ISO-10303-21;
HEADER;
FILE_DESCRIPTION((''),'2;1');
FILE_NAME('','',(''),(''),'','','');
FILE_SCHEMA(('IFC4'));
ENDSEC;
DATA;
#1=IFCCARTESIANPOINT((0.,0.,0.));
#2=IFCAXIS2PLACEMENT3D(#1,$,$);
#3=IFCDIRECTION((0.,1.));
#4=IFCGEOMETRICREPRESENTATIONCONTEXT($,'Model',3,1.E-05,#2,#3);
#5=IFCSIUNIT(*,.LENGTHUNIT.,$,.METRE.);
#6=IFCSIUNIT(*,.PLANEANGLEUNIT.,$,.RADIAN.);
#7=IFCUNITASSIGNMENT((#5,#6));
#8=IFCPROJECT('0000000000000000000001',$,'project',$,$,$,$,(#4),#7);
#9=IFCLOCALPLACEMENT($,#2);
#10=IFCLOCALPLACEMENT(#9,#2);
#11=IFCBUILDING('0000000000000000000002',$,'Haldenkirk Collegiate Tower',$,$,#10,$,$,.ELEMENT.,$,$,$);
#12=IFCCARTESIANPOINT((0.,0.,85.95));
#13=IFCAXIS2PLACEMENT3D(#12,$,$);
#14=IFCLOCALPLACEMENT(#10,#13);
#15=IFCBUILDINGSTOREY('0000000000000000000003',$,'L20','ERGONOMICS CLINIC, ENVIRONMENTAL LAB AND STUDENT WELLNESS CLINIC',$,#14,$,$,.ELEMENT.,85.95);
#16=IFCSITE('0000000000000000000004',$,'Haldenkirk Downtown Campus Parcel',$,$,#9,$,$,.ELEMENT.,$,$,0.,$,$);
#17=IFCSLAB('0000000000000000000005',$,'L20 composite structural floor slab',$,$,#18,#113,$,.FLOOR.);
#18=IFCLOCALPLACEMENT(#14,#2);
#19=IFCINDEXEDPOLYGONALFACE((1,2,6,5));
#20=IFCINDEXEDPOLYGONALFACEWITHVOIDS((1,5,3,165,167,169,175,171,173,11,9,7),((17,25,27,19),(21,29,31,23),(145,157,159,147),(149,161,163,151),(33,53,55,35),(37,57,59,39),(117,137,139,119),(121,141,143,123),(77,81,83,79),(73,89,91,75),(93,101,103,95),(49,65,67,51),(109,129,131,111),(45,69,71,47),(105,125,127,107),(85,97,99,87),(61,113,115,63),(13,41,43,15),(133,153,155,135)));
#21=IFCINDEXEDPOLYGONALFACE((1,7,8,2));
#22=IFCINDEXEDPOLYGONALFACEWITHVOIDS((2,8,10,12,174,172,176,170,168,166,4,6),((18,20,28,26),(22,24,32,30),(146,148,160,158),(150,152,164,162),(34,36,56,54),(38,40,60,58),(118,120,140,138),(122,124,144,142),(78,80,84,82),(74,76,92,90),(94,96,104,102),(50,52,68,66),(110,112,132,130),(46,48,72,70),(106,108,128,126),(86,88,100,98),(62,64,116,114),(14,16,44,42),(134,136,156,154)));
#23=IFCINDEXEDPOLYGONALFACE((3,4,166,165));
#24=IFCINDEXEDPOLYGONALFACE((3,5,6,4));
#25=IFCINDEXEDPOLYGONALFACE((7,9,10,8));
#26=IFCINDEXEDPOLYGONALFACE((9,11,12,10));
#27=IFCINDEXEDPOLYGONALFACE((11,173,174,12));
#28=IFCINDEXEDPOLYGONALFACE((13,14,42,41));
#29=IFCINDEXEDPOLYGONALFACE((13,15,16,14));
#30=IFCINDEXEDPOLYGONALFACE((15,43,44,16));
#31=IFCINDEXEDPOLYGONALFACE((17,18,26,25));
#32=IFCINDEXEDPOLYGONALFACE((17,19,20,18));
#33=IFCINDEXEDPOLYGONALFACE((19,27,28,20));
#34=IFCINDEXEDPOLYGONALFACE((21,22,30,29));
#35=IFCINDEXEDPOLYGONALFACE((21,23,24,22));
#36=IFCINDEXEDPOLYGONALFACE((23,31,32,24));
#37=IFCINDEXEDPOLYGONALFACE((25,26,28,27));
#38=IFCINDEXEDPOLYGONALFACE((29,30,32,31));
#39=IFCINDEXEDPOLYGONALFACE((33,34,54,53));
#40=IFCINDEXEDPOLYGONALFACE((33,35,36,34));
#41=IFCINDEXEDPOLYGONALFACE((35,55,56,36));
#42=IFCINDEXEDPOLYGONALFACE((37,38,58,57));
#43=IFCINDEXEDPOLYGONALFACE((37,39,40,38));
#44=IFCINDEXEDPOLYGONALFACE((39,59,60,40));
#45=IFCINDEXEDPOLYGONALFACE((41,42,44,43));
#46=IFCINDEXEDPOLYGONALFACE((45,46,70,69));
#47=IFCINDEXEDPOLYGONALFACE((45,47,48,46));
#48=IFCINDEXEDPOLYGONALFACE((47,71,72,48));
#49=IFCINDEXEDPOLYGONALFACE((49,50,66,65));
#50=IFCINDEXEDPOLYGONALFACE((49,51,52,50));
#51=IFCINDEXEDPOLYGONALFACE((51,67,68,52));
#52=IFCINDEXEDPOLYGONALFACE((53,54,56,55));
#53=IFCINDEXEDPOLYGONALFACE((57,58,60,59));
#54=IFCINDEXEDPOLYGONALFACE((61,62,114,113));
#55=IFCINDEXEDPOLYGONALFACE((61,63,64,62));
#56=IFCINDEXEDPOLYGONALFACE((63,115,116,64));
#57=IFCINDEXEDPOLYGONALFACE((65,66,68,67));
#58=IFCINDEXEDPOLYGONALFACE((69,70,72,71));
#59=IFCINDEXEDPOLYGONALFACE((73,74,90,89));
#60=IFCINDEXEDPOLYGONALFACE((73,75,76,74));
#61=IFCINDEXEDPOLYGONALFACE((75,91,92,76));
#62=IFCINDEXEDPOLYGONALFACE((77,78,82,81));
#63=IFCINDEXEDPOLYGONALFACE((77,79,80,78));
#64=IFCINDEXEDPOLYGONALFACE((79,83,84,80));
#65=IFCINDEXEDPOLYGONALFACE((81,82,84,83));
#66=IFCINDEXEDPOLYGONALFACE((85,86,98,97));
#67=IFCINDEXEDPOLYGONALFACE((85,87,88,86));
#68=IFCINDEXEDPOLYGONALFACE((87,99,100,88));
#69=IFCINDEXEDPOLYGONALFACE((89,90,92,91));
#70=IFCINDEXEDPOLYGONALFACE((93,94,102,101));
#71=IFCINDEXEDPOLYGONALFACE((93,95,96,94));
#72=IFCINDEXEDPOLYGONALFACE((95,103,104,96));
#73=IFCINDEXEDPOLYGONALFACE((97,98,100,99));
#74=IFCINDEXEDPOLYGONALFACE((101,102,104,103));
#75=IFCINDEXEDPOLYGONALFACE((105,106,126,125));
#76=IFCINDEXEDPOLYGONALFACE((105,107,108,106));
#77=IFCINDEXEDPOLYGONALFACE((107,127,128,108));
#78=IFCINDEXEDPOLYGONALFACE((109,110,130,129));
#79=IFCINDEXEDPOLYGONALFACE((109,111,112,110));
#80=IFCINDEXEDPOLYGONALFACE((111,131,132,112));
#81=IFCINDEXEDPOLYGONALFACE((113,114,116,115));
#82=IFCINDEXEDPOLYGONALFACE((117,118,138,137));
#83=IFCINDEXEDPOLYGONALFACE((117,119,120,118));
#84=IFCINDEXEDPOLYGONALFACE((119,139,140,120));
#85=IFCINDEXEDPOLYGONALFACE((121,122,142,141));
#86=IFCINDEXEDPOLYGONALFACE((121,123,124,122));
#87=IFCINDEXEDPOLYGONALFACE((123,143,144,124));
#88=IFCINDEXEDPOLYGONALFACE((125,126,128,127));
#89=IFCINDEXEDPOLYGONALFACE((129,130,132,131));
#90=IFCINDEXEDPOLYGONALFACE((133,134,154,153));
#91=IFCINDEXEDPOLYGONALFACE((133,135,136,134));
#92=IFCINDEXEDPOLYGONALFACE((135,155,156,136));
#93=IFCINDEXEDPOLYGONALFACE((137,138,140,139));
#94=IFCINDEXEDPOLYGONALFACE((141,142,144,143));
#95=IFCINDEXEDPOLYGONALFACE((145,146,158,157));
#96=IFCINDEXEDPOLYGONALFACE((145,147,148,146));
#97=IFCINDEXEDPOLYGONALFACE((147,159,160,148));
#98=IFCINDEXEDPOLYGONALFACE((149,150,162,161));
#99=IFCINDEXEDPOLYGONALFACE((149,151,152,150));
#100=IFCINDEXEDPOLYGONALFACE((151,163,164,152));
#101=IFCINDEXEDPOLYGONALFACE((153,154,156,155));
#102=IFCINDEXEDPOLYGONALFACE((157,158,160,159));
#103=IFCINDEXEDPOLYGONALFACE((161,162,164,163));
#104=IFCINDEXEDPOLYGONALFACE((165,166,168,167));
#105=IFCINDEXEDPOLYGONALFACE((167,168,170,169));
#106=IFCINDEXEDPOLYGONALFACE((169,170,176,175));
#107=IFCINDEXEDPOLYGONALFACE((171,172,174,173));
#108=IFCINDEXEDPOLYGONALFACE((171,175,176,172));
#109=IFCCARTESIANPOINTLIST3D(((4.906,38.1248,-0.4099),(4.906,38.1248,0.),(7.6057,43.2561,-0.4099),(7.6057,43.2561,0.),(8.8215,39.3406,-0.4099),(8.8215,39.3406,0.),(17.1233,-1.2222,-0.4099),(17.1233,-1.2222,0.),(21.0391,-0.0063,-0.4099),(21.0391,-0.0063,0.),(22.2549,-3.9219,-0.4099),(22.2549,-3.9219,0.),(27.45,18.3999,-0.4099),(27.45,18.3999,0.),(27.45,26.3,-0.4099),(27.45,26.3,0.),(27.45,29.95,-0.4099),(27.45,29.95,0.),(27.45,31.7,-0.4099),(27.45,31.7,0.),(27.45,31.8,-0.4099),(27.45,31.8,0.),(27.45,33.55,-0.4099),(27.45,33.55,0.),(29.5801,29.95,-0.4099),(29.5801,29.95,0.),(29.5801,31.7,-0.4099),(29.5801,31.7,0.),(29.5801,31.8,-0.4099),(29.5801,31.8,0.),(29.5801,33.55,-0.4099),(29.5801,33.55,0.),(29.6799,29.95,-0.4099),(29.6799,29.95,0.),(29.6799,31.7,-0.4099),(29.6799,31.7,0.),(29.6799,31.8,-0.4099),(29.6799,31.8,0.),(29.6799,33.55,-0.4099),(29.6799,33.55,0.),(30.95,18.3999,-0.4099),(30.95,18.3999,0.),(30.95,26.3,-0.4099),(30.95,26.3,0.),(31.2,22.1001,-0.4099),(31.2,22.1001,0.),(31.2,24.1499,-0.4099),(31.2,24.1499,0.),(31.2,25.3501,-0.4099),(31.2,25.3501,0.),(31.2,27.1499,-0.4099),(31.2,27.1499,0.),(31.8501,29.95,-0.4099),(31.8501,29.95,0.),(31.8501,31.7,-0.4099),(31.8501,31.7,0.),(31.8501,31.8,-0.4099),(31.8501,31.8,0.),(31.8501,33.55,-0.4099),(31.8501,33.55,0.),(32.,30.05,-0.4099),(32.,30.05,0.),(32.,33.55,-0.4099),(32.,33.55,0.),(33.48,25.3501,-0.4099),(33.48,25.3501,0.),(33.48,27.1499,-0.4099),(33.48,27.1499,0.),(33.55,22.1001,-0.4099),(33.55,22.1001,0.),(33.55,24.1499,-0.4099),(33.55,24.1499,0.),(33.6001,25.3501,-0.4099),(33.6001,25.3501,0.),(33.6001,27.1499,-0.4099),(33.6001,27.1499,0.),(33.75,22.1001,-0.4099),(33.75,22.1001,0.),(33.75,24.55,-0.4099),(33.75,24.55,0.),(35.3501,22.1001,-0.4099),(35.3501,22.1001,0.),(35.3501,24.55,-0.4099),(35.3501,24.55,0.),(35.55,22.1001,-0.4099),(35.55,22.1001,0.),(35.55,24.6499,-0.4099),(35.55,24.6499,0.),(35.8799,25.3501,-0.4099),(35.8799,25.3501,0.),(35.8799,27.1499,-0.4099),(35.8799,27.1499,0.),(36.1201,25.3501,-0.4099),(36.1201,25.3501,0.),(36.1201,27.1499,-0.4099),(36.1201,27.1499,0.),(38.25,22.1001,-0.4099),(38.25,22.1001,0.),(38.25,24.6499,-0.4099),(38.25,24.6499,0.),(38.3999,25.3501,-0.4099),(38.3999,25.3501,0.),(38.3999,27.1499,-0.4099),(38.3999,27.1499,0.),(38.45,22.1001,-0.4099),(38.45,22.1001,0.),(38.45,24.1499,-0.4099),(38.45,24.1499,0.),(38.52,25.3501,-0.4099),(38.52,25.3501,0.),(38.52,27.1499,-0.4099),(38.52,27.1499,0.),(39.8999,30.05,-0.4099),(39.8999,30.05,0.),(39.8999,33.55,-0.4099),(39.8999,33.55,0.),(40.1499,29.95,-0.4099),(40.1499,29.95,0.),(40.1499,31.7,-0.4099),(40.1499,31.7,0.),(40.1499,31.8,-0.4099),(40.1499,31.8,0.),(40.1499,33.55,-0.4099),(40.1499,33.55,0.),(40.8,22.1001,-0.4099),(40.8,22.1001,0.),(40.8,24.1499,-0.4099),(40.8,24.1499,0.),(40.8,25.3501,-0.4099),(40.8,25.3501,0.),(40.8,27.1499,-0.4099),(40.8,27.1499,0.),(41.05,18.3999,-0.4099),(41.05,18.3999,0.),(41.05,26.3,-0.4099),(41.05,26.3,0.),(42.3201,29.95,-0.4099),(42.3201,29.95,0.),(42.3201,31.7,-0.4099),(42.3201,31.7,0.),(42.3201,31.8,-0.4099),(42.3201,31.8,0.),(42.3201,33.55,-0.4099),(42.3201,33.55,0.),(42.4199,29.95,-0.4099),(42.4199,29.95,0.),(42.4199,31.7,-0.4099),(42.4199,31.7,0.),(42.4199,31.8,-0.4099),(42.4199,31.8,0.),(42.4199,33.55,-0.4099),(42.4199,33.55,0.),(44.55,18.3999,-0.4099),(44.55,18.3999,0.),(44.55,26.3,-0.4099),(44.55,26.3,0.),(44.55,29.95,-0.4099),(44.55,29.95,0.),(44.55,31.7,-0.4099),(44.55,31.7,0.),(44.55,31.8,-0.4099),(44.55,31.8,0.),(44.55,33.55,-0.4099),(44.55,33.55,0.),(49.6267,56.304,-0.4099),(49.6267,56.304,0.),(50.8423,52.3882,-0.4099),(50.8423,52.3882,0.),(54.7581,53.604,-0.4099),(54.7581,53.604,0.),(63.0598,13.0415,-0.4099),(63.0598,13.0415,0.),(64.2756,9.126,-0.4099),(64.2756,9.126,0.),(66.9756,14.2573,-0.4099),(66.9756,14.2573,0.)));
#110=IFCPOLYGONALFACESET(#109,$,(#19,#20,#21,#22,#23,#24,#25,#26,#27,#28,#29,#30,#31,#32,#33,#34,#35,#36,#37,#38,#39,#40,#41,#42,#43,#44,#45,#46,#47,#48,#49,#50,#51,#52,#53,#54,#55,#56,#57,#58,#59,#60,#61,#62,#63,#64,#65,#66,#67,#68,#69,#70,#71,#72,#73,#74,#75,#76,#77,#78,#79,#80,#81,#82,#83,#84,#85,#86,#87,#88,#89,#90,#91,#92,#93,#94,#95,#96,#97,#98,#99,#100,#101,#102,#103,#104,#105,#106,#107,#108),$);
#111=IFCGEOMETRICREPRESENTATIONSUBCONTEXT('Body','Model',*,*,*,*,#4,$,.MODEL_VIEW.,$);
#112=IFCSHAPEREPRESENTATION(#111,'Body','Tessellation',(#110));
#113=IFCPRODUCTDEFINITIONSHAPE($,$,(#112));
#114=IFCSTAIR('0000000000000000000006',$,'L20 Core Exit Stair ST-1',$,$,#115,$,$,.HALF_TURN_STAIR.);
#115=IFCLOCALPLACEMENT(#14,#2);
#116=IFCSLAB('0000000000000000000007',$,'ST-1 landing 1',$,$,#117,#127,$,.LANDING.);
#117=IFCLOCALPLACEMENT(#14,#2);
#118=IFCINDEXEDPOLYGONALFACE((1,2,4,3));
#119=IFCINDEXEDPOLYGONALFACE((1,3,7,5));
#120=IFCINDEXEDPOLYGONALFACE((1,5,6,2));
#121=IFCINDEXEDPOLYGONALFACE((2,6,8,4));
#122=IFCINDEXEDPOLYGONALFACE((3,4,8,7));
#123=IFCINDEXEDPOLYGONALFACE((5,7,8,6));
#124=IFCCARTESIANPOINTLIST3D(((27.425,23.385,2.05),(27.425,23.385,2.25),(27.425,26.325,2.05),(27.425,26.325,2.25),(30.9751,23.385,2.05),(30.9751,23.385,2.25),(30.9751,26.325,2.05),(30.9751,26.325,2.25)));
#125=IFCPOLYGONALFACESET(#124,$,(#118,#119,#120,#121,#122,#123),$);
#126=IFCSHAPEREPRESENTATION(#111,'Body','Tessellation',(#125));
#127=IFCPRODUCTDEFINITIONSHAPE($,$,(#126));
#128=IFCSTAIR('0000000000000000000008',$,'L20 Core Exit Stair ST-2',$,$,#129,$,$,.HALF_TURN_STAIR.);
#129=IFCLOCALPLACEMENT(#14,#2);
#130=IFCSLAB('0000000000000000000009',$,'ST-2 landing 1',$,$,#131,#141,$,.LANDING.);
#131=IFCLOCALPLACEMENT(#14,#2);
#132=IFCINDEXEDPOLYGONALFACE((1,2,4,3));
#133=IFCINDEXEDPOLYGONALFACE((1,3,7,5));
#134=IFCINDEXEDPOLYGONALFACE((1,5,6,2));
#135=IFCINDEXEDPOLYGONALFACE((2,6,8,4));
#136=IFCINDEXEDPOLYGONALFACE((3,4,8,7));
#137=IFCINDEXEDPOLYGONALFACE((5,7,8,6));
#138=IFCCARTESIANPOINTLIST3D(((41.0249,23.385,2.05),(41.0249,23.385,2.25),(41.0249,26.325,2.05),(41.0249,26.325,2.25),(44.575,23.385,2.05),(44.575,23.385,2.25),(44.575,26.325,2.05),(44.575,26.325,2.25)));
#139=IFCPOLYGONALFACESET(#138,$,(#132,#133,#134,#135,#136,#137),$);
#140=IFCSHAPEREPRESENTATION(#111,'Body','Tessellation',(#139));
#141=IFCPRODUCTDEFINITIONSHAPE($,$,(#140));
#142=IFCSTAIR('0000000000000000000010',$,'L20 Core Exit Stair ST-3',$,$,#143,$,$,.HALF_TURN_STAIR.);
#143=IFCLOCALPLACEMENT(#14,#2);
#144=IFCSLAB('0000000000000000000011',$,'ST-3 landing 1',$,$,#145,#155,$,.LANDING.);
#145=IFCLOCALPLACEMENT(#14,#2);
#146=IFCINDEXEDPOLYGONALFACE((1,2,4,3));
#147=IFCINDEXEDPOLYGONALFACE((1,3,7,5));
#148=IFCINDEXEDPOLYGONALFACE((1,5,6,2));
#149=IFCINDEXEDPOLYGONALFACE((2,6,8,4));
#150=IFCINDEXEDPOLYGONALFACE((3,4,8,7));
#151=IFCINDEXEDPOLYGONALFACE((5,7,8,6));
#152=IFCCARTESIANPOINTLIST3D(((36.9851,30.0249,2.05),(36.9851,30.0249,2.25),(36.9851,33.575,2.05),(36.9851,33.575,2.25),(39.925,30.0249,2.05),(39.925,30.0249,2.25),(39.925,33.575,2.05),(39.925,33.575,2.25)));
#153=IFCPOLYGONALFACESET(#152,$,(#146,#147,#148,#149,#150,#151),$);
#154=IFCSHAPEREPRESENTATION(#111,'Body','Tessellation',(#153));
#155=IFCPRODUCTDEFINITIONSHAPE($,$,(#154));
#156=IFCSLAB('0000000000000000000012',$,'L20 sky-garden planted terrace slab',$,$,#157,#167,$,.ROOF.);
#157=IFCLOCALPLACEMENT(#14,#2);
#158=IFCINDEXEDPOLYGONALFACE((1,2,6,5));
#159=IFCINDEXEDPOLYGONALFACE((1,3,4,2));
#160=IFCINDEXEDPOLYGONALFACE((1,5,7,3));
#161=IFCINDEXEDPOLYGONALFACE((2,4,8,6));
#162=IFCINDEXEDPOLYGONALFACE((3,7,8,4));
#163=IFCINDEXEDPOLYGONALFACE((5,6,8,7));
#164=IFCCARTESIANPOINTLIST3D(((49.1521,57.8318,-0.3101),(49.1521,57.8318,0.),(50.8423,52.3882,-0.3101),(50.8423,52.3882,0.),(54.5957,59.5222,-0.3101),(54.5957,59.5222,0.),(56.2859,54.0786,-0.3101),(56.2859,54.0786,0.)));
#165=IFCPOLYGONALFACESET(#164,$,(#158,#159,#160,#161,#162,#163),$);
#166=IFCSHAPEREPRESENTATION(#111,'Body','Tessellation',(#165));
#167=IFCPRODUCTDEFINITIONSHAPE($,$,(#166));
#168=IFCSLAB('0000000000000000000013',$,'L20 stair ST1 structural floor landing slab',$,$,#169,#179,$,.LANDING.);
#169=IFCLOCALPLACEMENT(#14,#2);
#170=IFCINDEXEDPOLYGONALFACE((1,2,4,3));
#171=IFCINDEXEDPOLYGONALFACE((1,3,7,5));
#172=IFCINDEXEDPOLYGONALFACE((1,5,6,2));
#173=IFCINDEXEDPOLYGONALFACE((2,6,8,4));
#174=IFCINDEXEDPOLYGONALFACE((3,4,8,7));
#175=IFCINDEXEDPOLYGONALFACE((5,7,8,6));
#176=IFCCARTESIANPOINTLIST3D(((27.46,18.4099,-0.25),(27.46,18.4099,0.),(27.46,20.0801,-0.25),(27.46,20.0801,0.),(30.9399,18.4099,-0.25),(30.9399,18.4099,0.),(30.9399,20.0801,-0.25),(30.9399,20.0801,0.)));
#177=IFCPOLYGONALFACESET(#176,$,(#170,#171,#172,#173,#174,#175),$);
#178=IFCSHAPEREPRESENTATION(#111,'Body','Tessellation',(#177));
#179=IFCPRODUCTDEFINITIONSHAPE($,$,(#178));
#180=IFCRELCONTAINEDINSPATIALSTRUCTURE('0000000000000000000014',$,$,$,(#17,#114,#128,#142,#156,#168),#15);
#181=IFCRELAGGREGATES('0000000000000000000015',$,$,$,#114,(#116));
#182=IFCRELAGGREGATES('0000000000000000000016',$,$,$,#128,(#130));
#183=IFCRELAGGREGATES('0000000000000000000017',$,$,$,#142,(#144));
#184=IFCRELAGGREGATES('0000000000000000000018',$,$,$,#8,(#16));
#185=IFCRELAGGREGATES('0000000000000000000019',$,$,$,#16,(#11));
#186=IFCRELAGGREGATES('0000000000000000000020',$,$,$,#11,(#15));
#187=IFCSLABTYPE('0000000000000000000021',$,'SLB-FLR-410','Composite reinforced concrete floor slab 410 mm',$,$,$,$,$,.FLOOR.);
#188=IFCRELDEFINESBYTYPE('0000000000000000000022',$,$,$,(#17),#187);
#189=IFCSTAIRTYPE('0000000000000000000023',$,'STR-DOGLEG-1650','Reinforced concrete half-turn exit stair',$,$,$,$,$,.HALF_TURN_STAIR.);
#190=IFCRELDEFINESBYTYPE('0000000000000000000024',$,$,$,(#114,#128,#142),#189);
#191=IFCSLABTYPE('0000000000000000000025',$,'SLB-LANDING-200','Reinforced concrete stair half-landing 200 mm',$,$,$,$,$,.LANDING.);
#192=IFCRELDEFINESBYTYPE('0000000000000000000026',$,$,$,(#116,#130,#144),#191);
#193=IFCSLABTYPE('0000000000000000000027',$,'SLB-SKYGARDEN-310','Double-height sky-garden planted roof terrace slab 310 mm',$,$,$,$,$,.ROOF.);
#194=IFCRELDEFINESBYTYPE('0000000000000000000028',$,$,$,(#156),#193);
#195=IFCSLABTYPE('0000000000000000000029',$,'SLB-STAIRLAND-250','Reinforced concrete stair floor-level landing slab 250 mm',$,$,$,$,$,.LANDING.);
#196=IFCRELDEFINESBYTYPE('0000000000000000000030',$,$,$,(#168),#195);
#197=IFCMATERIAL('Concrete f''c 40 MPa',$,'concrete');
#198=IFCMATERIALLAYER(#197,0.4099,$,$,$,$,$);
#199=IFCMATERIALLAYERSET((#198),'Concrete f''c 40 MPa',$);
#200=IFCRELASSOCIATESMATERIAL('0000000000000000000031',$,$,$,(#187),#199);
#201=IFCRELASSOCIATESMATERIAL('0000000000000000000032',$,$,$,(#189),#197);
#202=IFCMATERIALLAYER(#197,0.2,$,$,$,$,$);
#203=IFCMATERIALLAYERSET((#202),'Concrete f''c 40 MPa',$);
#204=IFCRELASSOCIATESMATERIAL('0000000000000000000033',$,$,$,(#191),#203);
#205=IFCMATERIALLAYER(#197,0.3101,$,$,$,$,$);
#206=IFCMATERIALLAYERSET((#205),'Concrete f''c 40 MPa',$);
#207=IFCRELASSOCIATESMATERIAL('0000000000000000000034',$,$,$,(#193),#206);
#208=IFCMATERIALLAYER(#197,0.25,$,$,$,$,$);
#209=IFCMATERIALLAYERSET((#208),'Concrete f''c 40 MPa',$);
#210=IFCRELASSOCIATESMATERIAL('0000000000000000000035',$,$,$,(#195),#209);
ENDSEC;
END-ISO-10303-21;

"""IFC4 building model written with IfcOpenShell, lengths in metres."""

from ifc_helpers import new_model, si_unit, direction, frame, origin, place, context, subcontext, project, spatial, polyline, outline, extrude, material, layer, layer_set, type_object, element, aggregate, save


model = new_model("IFC4")

# Units and contexts
model_context = context("Model", 3, precision=1e-05, world=origin(), true_north=direction((0.0, 1.0)))
body_context = subcontext(model_context, "Body", "Model", "MODEL_VIEW")
ifc_project = project(units=[si_unit("LENGTHUNIT", "METRE"), si_unit("PLANEANGLEUNIT", "RADIAN")], contexts=[model_context])

# Site, building, storey
site_placement = place(None, origin())
site = spatial("IfcSite", under=ifc_project, at=site_placement, Name="Haldenkirk Downtown Campus Parcel", CompositionType="ELEMENT", RefElevation=0.0)
building_placement = place(site_placement, origin())
building = spatial("IfcBuilding", under=site, at=building_placement, Name="Haldenkirk Collegiate Tower", CompositionType="ELEMENT")
storey_placement = place(building_placement, frame((0.0, 0.0, 85.95)))
storey = spatial("IfcBuildingStorey", under=building, at=storey_placement, Name="L20", Description="ERGONOMICS CLINIC, ENVIRONMENTAL LAB AND STUDENT WELLNESS CLINIC", CompositionType="ELEMENT", Elevation=85.95)

# Slab
ifc_material_1 = material(Name="Concrete f'c 40 MPa", Category="concrete")
ifc_layer_1 = layer(ifc_material_1, 0.4099)
ifc_layer_set_1 = layer_set([ifc_layer_1], Name="Concrete f'c 40 MPa")
slab_type_1 = type_object("IfcSlabType", Name="SLB-FLR-410", Description="Composite reinforced concrete floor slab 410 mm", PredefinedType="FLOOR", material=ifc_layer_set_1)
slab_1_placement = place(storey_placement, frame((0.0, 0.0, -0.4099)))
element("IfcSlab", 1, at=slab_1_placement, inside=storey, type_object=slab_type_1, Name="L20 composite structural floor slab", PredefinedType="FLOOR", context=body_context, shape_type="SweptSolid", body=[
    extrude(outline(polyline([(22.2549, -3.9219), (64.2756, 9.126), (63.0598, 13.0415), (66.9756, 14.2573), (54.7581, 53.604), (50.8423, 52.3882), (49.6267, 56.304), (7.6057, 43.2561), (8.8215, 39.3406), (4.906, 38.1248), (17.1233, -1.2222), (21.0391, -0.0063), (22.2549, -3.9219)]), holes=[polyline([(27.45, 18.3999), (30.95, 18.3999), (30.95, 26.3), (27.45, 26.3), (27.45, 18.3999)]), polyline([(41.05, 18.3999), (44.55, 18.3999), (44.55, 26.3), (41.05, 26.3), (41.05, 18.3999)]), polyline([(32.0, 30.05), (39.8999, 30.05), (39.8999, 33.55), (32.0, 33.55), (32.0, 30.05)]), polyline([(33.75, 22.1001), (35.3501, 22.1001), (35.3501, 24.55), (33.75, 24.55), (33.75, 22.1001)]), polyline([(27.45, 29.95), (29.5801, 29.95), (29.5801, 31.7), (27.45, 31.7), (27.45, 29.95)]), polyline([(29.6799, 29.95), (31.8501, 29.95), (31.8501, 31.7), (29.6799, 31.7), (29.6799, 29.95)]), polyline([(27.45, 31.8), (29.5801, 31.8), (29.5801, 33.55), (27.45, 33.55), (27.45, 31.8)]), polyline([(29.6799, 31.8), (31.8501, 31.8), (31.8501, 33.55), (29.6799, 33.55), (29.6799, 31.8)]), polyline([(40.1499, 29.95), (42.3201, 29.95), (42.3201, 31.7), (40.1499, 31.7), (40.1499, 29.95)]), polyline([(42.4199, 29.95), (44.55, 29.95), (44.55, 31.7), (42.4199, 31.7), (42.4199, 29.95)]), polyline([(40.1499, 31.8), (42.3201, 31.8), (42.3201, 33.55), (40.1499, 33.55), (40.1499, 31.8)]), polyline([(42.4199, 31.8), (44.55, 31.8), (44.55, 33.55), (42.4199, 33.55), (42.4199, 31.8)]), polyline([(31.2, 25.3501), (33.48, 25.3501), (33.48, 27.1499), (31.2, 27.1499), (31.2, 25.3501)]), polyline([(33.6001, 25.3501), (35.8799, 25.3501), (35.8799, 27.1499), (33.6001, 27.1499), (33.6001, 25.3501)]), polyline([(36.1201, 25.3501), (38.3999, 25.3501), (38.3999, 27.1499), (36.1201, 27.1499), (36.1201, 25.3501)]), polyline([(38.52, 25.3501), (40.8, 25.3501), (40.8, 27.1499), (38.52, 27.1499), (38.52, 25.3501)]), polyline([(31.2, 22.1001), (33.55, 22.1001), (33.55, 24.1499), (31.2, 24.1499), (31.2, 22.1001)]), polyline([(38.45, 22.1001), (40.8, 22.1001), (40.8, 24.1499), (38.45, 24.1499), (38.45, 22.1001)]), polyline([(35.55, 22.1001), (38.25, 22.1001), (38.25, 24.6499), (35.55, 24.6499), (35.55, 22.1001)])]), origin(), (0.0, 0.0, 1.0), 0.4099),
])

# Stairs, slabs
stair_type = type_object("IfcStairType", Name="STR-DOGLEG-1650", Description="Reinforced concrete half-turn exit stair", PredefinedType="HALF_TURN_STAIR", material=ifc_material_1)
stair_1_placement = place(storey_placement, origin())
stair_1 = element("IfcStair", 2, at=stair_1_placement, inside=storey, type_object=stair_type, Name="L20 Core Exit Stair ST-1", PredefinedType="HALF_TURN_STAIR")
ifc_layer_2 = layer(ifc_material_1, 0.2)
ifc_layer_set_2 = layer_set([ifc_layer_2], Name="Concrete f'c 40 MPa")
slab_type_2 = type_object("IfcSlabType", Name="SLB-LANDING-200", Description="Reinforced concrete stair half-landing 200 mm", PredefinedType="LANDING", material=ifc_layer_set_2)
slab_2_placement = place(storey_placement, frame((0.0, 0.0, 2.05)))
slab_2 = element("IfcSlab", 3, at=slab_2_placement, type_object=slab_type_2, Name="ST-1 landing 1", PredefinedType="LANDING", context=body_context, shape_type="SweptSolid", body=[
    extrude(outline(polyline([(30.9751, 23.385), (27.425, 23.385), (27.425, 26.325), (30.9751, 26.325), (30.9751, 23.385)])), origin(), (0.0, 0.0, 1.0), 0.2),
])
aggregate(stair_1, [slab_2])
stair_2_placement = place(storey_placement, origin())
stair_2 = element("IfcStair", 4, at=stair_2_placement, inside=storey, type_object=stair_type, Name="L20 Core Exit Stair ST-2", PredefinedType="HALF_TURN_STAIR")
slab_3_placement = place(storey_placement, frame((0.0, 0.0, 2.05)))
slab_3 = element("IfcSlab", 5, at=slab_3_placement, type_object=slab_type_2, Name="ST-2 landing 1", PredefinedType="LANDING", context=body_context, shape_type="SweptSolid", body=[
    extrude(outline(polyline([(44.575, 23.385), (41.0249, 23.385), (41.0249, 26.325), (44.575, 26.325), (44.575, 23.385)])), origin(), (0.0, 0.0, 1.0), 0.2),
])
aggregate(stair_2, [slab_3])
stair_3_placement = place(storey_placement, origin())
stair_3 = element("IfcStair", 6, at=stair_3_placement, inside=storey, type_object=stair_type, Name="L20 Core Exit Stair ST-3", PredefinedType="HALF_TURN_STAIR")
slab_4_placement = place(storey_placement, frame((0.0, 0.0, 2.05)))
slab_4 = element("IfcSlab", 7, at=slab_4_placement, type_object=slab_type_2, Name="ST-3 landing 1", PredefinedType="LANDING", context=body_context, shape_type="SweptSolid", body=[
    extrude(outline(polyline([(36.9851, 30.0249), (36.9851, 33.575), (39.925, 33.575), (39.925, 30.0249), (36.9851, 30.0249)])), origin(), (0.0, 0.0, 1.0), 0.2),
])
aggregate(stair_3, [slab_4])

# Slabs
ifc_layer_3 = layer(ifc_material_1, 0.3101)
ifc_layer_set_3 = layer_set([ifc_layer_3], Name="Concrete f'c 40 MPa")
slab_type_3 = type_object("IfcSlabType", Name="SLB-SKYGARDEN-310", Description="Double-height sky-garden planted roof terrace slab 310 mm", PredefinedType="ROOF", material=ifc_layer_set_3)
slab_5_placement = place(storey_placement, frame((0.0, 0.0, -0.3101)))
element("IfcSlab", 8, at=slab_5_placement, inside=storey, type_object=slab_type_3, Name="L20 sky-garden planted terrace slab", PredefinedType="ROOF", context=body_context, shape_type="SweptSolid", body=[
    extrude(outline(polyline([(50.8423, 52.3882), (56.2859, 54.0786), (54.5957, 59.5222), (49.1521, 57.8318), (50.8423, 52.3882)])), origin(), (0.0, 0.0, 1.0), 0.3101),
])
ifc_layer_4 = layer(ifc_material_1, 0.25)
ifc_layer_set_4 = layer_set([ifc_layer_4], Name="Concrete f'c 40 MPa")
slab_type_4 = type_object("IfcSlabType", Name="SLB-STAIRLAND-250", Description="Reinforced concrete stair floor-level landing slab 250 mm", PredefinedType="LANDING", material=ifc_layer_set_4)
slab_6_placement = place(storey_placement, frame((0.0, 0.0, -0.25)))
element("IfcSlab", 9, at=slab_6_placement, inside=storey, type_object=slab_type_4, Name="L20 stair ST1 structural floor landing slab", PredefinedType="LANDING", context=body_context, shape_type="SweptSolid", body=[
    extrude(outline(polyline([(27.46, 18.4099), (30.9399, 18.4099), (30.9399, 20.0801), (27.46, 20.0801), (27.46, 18.4099)])), origin(), (0.0, 0.0, 1.0), 0.25),
])

save(model, "model.ifc")
